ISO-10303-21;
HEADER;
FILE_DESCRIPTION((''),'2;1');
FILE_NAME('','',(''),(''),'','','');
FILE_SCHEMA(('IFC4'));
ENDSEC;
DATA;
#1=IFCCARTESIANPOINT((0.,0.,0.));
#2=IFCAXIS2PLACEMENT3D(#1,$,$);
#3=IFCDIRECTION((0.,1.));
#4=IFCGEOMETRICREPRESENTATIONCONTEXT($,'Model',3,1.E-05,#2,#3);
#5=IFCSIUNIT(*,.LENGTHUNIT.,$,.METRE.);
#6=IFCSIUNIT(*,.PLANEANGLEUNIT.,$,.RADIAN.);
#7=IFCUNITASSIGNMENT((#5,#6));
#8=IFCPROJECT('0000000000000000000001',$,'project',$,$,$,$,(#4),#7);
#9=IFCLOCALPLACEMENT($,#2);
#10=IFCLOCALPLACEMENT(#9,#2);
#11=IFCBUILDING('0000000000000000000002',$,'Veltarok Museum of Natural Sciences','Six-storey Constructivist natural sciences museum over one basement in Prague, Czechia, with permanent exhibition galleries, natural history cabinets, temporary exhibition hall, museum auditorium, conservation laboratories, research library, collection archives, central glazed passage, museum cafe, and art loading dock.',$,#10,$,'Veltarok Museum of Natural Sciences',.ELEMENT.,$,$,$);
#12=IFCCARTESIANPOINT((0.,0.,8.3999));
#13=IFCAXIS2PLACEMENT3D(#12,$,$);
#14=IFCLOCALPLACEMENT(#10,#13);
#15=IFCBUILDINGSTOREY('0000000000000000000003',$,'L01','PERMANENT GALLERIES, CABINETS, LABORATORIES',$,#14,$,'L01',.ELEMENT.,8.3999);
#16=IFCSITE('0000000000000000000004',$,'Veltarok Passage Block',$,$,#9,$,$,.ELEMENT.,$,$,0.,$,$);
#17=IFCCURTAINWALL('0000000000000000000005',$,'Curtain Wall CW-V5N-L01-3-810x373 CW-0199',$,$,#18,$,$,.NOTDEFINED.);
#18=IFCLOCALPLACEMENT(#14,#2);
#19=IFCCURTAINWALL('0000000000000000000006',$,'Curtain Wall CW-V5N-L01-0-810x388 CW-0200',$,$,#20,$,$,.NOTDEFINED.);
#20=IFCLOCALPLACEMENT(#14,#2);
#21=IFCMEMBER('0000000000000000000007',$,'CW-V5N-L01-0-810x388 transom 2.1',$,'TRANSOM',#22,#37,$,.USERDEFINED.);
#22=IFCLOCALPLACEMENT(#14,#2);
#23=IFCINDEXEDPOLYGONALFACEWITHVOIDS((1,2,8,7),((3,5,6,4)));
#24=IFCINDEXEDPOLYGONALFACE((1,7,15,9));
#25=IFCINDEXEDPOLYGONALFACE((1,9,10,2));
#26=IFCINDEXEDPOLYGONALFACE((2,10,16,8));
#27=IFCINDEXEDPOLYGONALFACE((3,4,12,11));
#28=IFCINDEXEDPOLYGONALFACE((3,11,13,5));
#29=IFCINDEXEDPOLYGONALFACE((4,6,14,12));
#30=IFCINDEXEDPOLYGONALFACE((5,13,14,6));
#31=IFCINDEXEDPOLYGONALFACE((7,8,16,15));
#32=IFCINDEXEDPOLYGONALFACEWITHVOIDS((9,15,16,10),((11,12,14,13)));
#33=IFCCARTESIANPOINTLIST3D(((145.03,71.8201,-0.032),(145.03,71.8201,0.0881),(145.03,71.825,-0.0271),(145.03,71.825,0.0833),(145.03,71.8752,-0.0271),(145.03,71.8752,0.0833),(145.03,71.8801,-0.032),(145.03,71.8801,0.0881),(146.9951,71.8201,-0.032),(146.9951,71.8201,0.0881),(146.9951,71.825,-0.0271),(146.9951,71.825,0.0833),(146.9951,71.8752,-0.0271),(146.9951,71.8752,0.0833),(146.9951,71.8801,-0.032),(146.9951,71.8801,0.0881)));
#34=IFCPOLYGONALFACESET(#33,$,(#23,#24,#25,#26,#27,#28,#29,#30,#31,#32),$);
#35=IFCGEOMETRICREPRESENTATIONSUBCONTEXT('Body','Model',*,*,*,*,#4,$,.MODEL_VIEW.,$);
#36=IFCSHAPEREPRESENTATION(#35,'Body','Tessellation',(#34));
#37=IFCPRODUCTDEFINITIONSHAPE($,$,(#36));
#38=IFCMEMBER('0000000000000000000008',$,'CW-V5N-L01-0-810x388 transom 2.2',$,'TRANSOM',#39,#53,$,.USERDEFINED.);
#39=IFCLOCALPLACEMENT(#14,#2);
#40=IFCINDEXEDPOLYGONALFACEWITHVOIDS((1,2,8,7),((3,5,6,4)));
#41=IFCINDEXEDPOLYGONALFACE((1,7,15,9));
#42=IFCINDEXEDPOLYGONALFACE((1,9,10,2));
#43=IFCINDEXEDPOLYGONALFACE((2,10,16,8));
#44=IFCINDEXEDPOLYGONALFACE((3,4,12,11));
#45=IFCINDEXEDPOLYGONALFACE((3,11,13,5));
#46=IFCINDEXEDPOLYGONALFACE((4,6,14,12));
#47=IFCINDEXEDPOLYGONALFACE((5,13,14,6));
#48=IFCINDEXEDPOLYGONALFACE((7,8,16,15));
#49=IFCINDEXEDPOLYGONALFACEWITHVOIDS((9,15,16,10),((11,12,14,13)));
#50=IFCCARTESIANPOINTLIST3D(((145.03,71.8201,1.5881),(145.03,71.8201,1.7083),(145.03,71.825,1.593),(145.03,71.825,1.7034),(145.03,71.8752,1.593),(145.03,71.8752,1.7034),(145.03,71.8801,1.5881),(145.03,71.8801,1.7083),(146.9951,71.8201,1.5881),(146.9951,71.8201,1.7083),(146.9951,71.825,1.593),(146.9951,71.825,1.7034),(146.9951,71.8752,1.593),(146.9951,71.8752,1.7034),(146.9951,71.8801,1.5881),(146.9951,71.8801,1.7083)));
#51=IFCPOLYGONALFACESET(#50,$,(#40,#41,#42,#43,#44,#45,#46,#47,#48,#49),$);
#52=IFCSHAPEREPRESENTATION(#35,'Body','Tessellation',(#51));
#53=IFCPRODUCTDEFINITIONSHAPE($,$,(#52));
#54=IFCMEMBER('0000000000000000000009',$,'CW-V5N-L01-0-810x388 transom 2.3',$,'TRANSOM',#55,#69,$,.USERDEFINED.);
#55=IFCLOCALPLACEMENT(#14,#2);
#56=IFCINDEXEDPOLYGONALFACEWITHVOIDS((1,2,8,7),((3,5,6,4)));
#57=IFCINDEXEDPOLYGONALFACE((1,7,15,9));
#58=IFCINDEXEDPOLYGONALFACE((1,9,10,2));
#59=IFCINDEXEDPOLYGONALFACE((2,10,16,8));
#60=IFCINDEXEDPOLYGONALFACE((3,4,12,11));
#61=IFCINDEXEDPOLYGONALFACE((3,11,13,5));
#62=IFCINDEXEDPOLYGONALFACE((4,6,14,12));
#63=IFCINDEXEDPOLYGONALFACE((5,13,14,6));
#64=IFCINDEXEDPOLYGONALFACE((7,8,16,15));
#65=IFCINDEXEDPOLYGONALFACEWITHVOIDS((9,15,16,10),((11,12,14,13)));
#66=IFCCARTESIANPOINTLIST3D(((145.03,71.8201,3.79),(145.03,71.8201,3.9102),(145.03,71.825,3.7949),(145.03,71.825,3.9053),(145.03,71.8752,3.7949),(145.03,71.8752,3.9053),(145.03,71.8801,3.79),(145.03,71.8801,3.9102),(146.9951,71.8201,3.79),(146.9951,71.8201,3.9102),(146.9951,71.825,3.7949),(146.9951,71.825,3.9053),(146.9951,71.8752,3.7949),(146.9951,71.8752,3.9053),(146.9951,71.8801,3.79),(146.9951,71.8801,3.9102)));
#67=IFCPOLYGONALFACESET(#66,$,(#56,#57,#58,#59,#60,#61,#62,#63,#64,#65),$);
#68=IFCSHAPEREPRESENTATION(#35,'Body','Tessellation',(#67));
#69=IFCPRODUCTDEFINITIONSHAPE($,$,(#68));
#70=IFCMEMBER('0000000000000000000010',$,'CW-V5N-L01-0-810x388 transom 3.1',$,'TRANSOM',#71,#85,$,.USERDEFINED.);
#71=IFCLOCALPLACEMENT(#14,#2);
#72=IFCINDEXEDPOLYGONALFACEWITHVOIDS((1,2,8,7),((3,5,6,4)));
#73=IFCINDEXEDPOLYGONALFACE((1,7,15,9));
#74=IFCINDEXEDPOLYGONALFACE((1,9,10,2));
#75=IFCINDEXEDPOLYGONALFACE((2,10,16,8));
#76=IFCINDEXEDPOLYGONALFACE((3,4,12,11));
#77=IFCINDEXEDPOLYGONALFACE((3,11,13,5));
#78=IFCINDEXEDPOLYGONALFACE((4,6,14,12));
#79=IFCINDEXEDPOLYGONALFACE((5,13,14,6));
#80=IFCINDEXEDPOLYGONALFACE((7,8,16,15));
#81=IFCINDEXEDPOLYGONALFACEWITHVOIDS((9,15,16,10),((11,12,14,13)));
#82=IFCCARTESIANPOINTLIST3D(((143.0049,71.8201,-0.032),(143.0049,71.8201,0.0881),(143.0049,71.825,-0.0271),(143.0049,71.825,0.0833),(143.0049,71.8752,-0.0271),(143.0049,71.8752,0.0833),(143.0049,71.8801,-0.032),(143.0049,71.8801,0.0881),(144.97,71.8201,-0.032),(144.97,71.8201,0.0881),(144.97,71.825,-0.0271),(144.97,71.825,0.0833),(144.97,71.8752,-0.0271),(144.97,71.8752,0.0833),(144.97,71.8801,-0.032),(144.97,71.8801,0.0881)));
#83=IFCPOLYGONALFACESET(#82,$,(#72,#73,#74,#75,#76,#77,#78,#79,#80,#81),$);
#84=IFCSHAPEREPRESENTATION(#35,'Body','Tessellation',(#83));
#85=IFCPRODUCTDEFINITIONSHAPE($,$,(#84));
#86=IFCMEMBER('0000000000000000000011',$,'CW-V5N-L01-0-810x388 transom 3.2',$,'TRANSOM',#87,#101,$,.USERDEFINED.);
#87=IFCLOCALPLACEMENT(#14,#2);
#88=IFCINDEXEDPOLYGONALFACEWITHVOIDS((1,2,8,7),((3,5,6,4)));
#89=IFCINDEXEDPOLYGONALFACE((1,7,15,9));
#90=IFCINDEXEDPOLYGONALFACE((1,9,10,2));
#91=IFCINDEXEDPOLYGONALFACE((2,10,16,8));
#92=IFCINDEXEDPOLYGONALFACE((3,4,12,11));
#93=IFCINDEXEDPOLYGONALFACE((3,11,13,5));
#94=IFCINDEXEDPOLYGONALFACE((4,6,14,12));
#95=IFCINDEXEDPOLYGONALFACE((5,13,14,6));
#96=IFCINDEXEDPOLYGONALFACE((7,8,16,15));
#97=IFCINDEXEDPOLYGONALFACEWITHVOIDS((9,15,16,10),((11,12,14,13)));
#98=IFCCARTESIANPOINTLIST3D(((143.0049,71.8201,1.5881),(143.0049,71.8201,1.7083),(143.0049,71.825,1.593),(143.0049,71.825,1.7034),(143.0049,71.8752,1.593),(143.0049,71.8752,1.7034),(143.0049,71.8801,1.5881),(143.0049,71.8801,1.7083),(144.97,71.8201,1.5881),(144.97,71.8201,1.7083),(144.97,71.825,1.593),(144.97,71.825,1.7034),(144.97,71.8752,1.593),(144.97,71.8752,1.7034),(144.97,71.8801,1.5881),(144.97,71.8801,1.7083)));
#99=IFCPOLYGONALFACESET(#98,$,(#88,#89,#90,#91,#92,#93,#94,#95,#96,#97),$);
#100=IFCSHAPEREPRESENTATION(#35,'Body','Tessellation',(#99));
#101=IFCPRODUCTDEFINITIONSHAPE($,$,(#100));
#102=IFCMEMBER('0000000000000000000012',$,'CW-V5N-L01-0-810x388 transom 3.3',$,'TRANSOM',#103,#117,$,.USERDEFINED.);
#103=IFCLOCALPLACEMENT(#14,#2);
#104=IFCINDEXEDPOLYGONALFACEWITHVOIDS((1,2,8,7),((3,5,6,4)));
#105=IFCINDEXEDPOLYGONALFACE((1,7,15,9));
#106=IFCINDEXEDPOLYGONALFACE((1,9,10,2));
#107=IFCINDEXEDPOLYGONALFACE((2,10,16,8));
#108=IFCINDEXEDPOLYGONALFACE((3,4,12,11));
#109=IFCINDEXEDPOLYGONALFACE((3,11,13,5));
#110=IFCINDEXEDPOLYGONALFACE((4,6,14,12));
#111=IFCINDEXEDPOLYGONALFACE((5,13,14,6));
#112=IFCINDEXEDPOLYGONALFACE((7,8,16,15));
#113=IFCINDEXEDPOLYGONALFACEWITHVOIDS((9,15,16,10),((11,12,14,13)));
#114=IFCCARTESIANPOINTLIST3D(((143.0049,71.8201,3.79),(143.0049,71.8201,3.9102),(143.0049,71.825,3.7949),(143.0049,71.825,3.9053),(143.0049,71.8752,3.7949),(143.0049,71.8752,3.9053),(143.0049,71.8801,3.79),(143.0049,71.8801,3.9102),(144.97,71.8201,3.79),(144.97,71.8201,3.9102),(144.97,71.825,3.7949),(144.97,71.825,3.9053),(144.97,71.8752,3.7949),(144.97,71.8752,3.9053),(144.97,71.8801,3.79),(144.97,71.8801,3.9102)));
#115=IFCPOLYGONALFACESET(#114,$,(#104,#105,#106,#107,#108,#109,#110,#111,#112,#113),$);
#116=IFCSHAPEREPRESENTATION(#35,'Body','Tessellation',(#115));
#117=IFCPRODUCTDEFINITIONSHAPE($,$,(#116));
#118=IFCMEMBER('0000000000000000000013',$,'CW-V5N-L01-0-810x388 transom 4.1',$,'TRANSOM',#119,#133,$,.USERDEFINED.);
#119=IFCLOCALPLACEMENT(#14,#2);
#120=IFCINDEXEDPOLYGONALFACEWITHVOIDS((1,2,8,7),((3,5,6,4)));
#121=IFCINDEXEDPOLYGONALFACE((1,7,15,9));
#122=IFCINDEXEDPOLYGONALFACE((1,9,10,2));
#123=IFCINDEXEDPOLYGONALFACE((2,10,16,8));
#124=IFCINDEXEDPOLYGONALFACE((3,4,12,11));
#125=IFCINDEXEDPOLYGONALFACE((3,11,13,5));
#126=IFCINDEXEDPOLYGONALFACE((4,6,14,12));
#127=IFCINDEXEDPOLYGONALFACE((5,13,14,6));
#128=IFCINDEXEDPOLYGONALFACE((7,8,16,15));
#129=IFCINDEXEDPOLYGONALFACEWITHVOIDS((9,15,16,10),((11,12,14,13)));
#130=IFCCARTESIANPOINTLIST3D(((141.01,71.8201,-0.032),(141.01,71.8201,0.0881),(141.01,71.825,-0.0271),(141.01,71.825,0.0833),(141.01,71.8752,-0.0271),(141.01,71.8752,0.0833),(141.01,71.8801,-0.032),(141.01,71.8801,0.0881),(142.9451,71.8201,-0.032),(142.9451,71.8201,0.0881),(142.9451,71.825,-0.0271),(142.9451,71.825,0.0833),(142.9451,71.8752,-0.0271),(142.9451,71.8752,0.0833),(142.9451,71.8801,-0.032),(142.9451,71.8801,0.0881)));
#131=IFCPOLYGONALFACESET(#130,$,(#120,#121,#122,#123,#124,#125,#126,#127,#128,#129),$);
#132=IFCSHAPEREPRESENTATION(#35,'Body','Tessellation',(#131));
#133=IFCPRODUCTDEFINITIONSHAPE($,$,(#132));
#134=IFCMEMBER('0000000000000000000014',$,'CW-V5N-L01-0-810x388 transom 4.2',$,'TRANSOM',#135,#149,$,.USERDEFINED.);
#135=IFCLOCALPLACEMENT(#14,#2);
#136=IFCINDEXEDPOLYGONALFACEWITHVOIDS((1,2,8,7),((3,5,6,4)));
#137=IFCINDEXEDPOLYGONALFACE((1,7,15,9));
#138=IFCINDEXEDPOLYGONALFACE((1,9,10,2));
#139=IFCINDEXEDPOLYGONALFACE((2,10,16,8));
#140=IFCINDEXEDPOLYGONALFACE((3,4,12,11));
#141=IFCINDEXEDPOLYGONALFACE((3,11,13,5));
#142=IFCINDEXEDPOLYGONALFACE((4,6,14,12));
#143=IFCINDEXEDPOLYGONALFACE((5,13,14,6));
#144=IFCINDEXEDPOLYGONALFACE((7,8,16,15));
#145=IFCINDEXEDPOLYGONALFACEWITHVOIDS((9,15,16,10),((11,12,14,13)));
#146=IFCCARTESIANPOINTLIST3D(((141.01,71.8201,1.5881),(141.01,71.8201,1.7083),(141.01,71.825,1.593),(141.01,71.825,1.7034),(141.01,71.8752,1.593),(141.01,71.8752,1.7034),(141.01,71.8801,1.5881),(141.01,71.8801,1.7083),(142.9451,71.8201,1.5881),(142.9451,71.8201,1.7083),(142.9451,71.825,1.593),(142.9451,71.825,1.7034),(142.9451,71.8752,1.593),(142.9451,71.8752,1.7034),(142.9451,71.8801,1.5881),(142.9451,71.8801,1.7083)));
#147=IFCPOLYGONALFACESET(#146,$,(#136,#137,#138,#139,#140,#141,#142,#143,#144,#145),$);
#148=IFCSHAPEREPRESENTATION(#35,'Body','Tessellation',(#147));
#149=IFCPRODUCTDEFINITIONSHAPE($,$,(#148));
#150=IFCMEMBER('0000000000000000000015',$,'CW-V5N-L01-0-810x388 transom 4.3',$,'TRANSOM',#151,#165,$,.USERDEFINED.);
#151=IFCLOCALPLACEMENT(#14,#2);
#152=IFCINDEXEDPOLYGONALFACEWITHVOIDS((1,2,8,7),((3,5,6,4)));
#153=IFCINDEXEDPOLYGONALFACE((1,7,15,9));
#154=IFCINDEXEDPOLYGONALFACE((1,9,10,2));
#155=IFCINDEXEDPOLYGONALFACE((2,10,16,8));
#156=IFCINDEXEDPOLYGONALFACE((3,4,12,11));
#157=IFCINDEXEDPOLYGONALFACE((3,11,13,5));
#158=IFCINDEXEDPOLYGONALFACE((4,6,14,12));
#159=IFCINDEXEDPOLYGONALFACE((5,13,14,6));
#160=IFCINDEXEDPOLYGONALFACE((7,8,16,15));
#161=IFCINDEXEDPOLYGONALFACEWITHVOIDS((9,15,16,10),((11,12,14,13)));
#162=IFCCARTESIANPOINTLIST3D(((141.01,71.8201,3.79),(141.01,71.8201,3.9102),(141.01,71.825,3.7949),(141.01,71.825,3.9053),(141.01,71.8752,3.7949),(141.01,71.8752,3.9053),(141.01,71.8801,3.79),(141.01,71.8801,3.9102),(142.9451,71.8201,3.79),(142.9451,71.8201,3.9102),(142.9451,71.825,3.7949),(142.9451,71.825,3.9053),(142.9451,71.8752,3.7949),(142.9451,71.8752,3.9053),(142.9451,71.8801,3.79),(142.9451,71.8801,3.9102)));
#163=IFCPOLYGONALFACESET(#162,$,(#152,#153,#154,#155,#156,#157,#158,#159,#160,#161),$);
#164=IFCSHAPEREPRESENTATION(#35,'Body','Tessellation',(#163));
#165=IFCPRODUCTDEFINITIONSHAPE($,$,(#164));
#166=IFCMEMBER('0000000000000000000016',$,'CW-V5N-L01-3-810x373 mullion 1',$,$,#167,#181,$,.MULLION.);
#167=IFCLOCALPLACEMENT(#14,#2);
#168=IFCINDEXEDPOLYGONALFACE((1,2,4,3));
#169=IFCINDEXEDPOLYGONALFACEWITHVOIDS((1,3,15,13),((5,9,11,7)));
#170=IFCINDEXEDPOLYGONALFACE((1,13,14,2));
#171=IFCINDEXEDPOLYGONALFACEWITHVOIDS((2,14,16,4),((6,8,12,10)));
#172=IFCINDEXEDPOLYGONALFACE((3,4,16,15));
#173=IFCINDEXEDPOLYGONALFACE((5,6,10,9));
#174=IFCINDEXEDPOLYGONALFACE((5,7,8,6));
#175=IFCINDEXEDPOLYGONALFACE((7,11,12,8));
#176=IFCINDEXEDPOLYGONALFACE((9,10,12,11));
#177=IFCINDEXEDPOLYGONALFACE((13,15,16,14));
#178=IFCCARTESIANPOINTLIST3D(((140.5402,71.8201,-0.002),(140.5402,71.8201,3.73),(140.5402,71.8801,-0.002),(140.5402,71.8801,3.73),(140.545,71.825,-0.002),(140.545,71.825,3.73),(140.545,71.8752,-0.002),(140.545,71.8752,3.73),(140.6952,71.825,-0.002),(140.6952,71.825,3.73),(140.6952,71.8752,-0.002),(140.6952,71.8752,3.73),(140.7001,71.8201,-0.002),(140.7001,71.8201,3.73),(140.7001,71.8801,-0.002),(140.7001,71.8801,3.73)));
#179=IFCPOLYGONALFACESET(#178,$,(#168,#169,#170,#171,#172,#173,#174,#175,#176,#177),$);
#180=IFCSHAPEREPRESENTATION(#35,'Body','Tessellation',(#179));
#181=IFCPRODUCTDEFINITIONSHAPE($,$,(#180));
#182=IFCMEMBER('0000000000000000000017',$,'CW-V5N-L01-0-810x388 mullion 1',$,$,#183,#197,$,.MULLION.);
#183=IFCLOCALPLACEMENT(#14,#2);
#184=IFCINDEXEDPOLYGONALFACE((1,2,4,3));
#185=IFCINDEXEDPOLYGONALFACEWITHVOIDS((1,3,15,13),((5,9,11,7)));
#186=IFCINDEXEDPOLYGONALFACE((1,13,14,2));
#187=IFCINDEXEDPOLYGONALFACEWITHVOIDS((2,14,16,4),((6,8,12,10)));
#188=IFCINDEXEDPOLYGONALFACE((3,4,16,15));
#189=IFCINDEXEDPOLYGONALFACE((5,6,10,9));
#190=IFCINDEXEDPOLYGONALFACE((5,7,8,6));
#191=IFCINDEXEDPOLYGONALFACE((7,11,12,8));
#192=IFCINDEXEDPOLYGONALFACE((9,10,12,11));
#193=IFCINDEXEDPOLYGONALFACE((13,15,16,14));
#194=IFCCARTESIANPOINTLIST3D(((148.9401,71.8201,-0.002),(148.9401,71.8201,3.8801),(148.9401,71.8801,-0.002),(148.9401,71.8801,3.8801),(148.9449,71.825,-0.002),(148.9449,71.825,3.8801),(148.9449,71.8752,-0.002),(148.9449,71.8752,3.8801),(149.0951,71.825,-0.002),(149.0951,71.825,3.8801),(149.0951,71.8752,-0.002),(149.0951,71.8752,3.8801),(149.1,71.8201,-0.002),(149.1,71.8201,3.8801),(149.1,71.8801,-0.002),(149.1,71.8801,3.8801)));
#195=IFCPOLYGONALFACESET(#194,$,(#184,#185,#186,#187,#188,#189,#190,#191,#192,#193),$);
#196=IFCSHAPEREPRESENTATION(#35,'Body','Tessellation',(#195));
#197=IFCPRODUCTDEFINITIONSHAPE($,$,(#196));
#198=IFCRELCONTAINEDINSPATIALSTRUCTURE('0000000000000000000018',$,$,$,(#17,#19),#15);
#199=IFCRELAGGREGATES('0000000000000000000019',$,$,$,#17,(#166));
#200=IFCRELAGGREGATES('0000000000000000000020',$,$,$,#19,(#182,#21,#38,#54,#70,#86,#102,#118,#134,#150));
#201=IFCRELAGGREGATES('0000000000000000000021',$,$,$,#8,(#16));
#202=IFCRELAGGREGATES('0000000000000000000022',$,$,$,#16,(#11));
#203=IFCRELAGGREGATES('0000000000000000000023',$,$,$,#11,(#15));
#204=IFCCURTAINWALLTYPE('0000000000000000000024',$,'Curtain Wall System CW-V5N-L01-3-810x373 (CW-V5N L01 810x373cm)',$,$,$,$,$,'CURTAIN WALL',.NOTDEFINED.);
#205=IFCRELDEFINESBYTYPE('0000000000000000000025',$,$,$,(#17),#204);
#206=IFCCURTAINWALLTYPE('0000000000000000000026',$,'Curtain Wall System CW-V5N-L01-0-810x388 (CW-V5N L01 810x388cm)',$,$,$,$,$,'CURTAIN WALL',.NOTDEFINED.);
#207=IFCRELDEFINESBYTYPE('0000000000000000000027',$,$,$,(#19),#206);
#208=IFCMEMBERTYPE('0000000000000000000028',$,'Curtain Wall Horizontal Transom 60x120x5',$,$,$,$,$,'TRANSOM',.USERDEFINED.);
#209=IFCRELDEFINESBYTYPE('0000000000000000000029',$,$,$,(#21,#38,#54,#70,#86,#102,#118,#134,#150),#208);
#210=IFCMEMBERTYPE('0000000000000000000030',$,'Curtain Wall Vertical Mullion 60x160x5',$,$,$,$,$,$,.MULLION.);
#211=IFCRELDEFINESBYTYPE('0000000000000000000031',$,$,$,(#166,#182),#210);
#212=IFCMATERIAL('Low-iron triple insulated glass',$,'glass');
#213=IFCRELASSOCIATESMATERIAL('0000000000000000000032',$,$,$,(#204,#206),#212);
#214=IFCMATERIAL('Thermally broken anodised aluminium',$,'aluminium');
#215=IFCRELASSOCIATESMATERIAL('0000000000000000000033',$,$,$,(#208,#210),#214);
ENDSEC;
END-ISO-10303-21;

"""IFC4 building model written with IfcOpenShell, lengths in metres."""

from ifc_helpers import new_model, si_unit, direction, frame, origin, origin_2d, place, context, subcontext, project, spatial, hollow_rectangle, extrude, material, material_profile, profile_set, type_object, element, aggregate, save


model = new_model("IFC4")

# Units and contexts
model_context = context("Model", 3, precision=1e-05, world=origin(), true_north=direction((0.0, 1.0)))
body_context = subcontext(model_context, "Body", "Model", "MODEL_VIEW")
ifc_project = project(units=[si_unit("LENGTHUNIT", "METRE"), si_unit("PLANEANGLEUNIT", "RADIAN")], contexts=[model_context])

# Site, building, storey
site_placement = place(None, origin())
site = spatial("IfcSite", under=ifc_project, at=site_placement, Name="Veltarok Passage Block", CompositionType="ELEMENT", RefElevation=0.0)
building_placement = place(site_placement, origin())
building = spatial("IfcBuilding", under=site, at=building_placement, Name="Veltarok Museum of Natural Sciences", Description="Six-storey Constructivist natural sciences museum over one basement in Prague, Czechia, with permanent exhibition galleries, natural history cabinets, temporary exhibition hall, museum auditorium, conservation laboratories, research library, collection archives, central glazed passage, museum cafe, and art loading dock.", LongName="Veltarok Museum of Natural Sciences", CompositionType="ELEMENT")
storey_placement = place(building_placement, frame((0.0, 0.0, 8.3999)))
storey = spatial("IfcBuildingStorey", under=building, at=storey_placement, Name="L01", Description="PERMANENT GALLERIES, CABINETS, LABORATORIES", LongName="L01", CompositionType="ELEMENT", Elevation=8.3999)

# Curtain walls, members
ifc_material_1 = material(Name="Low-iron triple insulated glass", Category="glass")
curtain_wall_type_1 = type_object("IfcCurtainWallType", Name="Curtain Wall System CW-V5N-L01-3-810x373 (CW-V5N L01 810x373cm)", ElementType="CURTAIN WALL", PredefinedType="NOTDEFINED", material=ifc_material_1)
curtain_wall_1_placement = place(storey_placement, origin())
curtain_wall_1 = element("IfcCurtainWall", 1, at=curtain_wall_1_placement, inside=storey, type_object=curtain_wall_type_1, Name="Curtain Wall CW-V5N-L01-3-810x373 CW-0199", PredefinedType="NOTDEFINED")
ifc_material_2 = material(Name="Thermally broken anodised aluminium", Category="aluminium")
ifc_material_profile_1 = material_profile(ifc_material_2, hollow_rectangle(XDim=0.0601, YDim=0.1201, WallThickness=0.0049, at=origin_2d()), Name="CW TRANSOM 60x120x5")
ifc_profile_set_1 = profile_set([ifc_material_profile_1], Name="Thermally broken anodised aluminium")
member_type_1 = type_object("IfcMemberType", Name="Curtain Wall Horizontal Transom 60x120x5", ElementType="TRANSOM", PredefinedType="USERDEFINED", material=ifc_profile_set_1)
curtain_wall_type_2 = type_object("IfcCurtainWallType", Name="Curtain Wall System CW-V5N-L01-0-810x388 (CW-V5N L01 810x388cm)", ElementType="CURTAIN WALL", PredefinedType="NOTDEFINED", material=ifc_material_1)
curtain_wall_2_placement = place(storey_placement, origin())
curtain_wall_2 = element("IfcCurtainWall", 2, at=curtain_wall_2_placement, inside=storey, type_object=curtain_wall_type_2, Name="Curtain Wall CW-V5N-L01-0-810x388 CW-0200", PredefinedType="NOTDEFINED")
member_1_placement = place(storey_placement, frame((146.9951, 71.8501, 0.0281), z_axis=(-1.0, 0.0, 0.0), x_axis=(0.0, -1.0, 0.0)))
member_1 = element("IfcMember", 3, at=member_1_placement, type_object=member_type_1, Name="CW-V5N-L01-0-810x388 transom 2.1", ObjectType="TRANSOM", PredefinedType="USERDEFINED", context=body_context, shape_type="SweptSolid", body=[
    extrude(hollow_rectangle(XDim=0.0601, YDim=0.1201, WallThickness=0.0049, at=origin_2d()), origin(), (0.0, 0.0, 1.0), 1.9651),
])
member_2_placement = place(storey_placement, frame((146.9951, 71.8501, 1.6482), z_axis=(-1.0, 0.0, 0.0), x_axis=(0.0, -1.0, 0.0)))
member_2 = element("IfcMember", 4, at=member_2_placement, type_object=member_type_1, Name="CW-V5N-L01-0-810x388 transom 2.2", ObjectType="TRANSOM", PredefinedType="USERDEFINED", context=body_context, shape_type="SweptSolid", body=[
    extrude(hollow_rectangle(XDim=0.0601, YDim=0.1201, WallThickness=0.0049, at=origin_2d()), origin(), (0.0, 0.0, 1.0), 1.9651),
])
member_3_placement = place(storey_placement, frame((146.9951, 71.8501, 3.8501), z_axis=(-1.0, 0.0, 0.0), x_axis=(0.0, -1.0, 0.0)))
member_3 = element("IfcMember", 5, at=member_3_placement, type_object=member_type_1, Name="CW-V5N-L01-0-810x388 transom 2.3", ObjectType="TRANSOM", PredefinedType="USERDEFINED", context=body_context, shape_type="SweptSolid", body=[
    extrude(hollow_rectangle(XDim=0.0601, YDim=0.1201, WallThickness=0.0049, at=origin_2d()), origin(), (0.0, 0.0, 1.0), 1.9651),
])
member_4_placement = place(storey_placement, frame((144.97, 71.8501, 0.0281), z_axis=(-1.0, 0.0, 0.0), x_axis=(0.0, -1.0, 0.0)))
member_4 = element("IfcMember", 6, at=member_4_placement, type_object=member_type_1, Name="CW-V5N-L01-0-810x388 transom 3.1", ObjectType="TRANSOM", PredefinedType="USERDEFINED", context=body_context, shape_type="SweptSolid", body=[
    extrude(hollow_rectangle(XDim=0.0601, YDim=0.1201, WallThickness=0.0049, at=origin_2d()), origin(), (0.0, 0.0, 1.0), 1.9651),
])
member_5_placement = place(storey_placement, frame((144.97, 71.8501, 1.6482), z_axis=(-1.0, 0.0, 0.0), x_axis=(0.0, -1.0, 0.0)))
member_5 = element("IfcMember", 7, at=member_5_placement, type_object=member_type_1, Name="CW-V5N-L01-0-810x388 transom 3.2", ObjectType="TRANSOM", PredefinedType="USERDEFINED", context=body_context, shape_type="SweptSolid", body=[
    extrude(hollow_rectangle(XDim=0.0601, YDim=0.1201, WallThickness=0.0049, at=origin_2d()), origin(), (0.0, 0.0, 1.0), 1.9651),
])
member_6_placement = place(storey_placement, frame((144.97, 71.8501, 3.8501), z_axis=(-1.0, 0.0, 0.0), x_axis=(0.0, -1.0, 0.0)))
member_6 = element("IfcMember", 8, at=member_6_placement, type_object=member_type_1, Name="CW-V5N-L01-0-810x388 transom 3.3", ObjectType="TRANSOM", PredefinedType="USERDEFINED", context=body_context, shape_type="SweptSolid", body=[
    extrude(hollow_rectangle(XDim=0.0601, YDim=0.1201, WallThickness=0.0049, at=origin_2d()), origin(), (0.0, 0.0, 1.0), 1.9651),
])
member_7_placement = place(storey_placement, frame((142.9451, 71.8501, 0.0281), z_axis=(-1.0, 0.0, 0.0), x_axis=(0.0, -1.0, 0.0)))
member_7 = element("IfcMember", 9, at=member_7_placement, type_object=member_type_1, Name="CW-V5N-L01-0-810x388 transom 4.1", ObjectType="TRANSOM", PredefinedType="USERDEFINED", context=body_context, shape_type="SweptSolid", body=[
    extrude(hollow_rectangle(XDim=0.0601, YDim=0.1201, WallThickness=0.0049, at=origin_2d()), origin(), (0.0, 0.0, 1.0), 1.9351),
])
member_8_placement = place(storey_placement, frame((142.9451, 71.8501, 1.6482), z_axis=(-1.0, 0.0, 0.0), x_axis=(0.0, -1.0, 0.0)))
member_8 = element("IfcMember", 10, at=member_8_placement, type_object=member_type_1, Name="CW-V5N-L01-0-810x388 transom 4.2", ObjectType="TRANSOM", PredefinedType="USERDEFINED", context=body_context, shape_type="SweptSolid", body=[
    extrude(hollow_rectangle(XDim=0.0601, YDim=0.1201, WallThickness=0.0049, at=origin_2d()), origin(), (0.0, 0.0, 1.0), 1.9351),
])
member_9_placement = place(storey_placement, frame((142.9451, 71.8501, 3.8501), z_axis=(-1.0, 0.0, 0.0), x_axis=(0.0, -1.0, 0.0)))
member_9 = element("IfcMember", 11, at=member_9_placement, type_object=member_type_1, Name="CW-V5N-L01-0-810x388 transom 4.3", ObjectType="TRANSOM", PredefinedType="USERDEFINED", context=body_context, shape_type="SweptSolid", body=[
    extrude(hollow_rectangle(XDim=0.0601, YDim=0.1201, WallThickness=0.0049, at=origin_2d()), origin(), (0.0, 0.0, 1.0), 1.9351),
])

# Members
ifc_material_profile_2 = material_profile(ifc_material_2, hollow_rectangle(XDim=0.0601, YDim=0.1599, WallThickness=0.0049, at=origin_2d()), Name="CW MULLION 60x160x5")
ifc_profile_set_2 = profile_set([ifc_material_profile_2], Name="Thermally broken anodised aluminium")
member_type_2 = type_object("IfcMemberType", Name="Curtain Wall Vertical Mullion 60x160x5", PredefinedType="MULLION", material=ifc_profile_set_2)
member_10_placement = place(storey_placement, frame((140.6201, 71.8501, -0.002), z_axis=(0.0, 0.0, 1.0), x_axis=(0.0, -1.0, 0.0)))
member_10 = element("IfcMember", 12, at=member_10_placement, type_object=member_type_2, Name="CW-V5N-L01-3-810x373 mullion 1", PredefinedType="MULLION", context=body_context, shape_type="SweptSolid", body=[
    extrude(hollow_rectangle(XDim=0.0601, YDim=0.1599, WallThickness=0.0049, at=origin_2d()), origin(), (0.0, 0.0, 1.0), 3.7319),
])
aggregate(curtain_wall_1, [member_10])
member_11_placement = place(storey_placement, frame((149.02, 71.8501, -0.002), z_axis=(0.0, 0.0, 1.0), x_axis=(0.0, -1.0, 0.0)))
member_11 = element("IfcMember", 13, at=member_11_placement, type_object=member_type_2, Name="CW-V5N-L01-0-810x388 mullion 1", PredefinedType="MULLION", context=body_context, shape_type="SweptSolid", body=[
    extrude(hollow_rectangle(XDim=0.0601, YDim=0.1599, WallThickness=0.0049, at=origin_2d()), origin(), (0.0, 0.0, 1.0), 3.8821),
])

aggregate(curtain_wall_2, [member_11, member_1, member_2, member_3, member_4, member_5, member_6, member_7, member_8, member_9])

save(model, "model.ifc")
